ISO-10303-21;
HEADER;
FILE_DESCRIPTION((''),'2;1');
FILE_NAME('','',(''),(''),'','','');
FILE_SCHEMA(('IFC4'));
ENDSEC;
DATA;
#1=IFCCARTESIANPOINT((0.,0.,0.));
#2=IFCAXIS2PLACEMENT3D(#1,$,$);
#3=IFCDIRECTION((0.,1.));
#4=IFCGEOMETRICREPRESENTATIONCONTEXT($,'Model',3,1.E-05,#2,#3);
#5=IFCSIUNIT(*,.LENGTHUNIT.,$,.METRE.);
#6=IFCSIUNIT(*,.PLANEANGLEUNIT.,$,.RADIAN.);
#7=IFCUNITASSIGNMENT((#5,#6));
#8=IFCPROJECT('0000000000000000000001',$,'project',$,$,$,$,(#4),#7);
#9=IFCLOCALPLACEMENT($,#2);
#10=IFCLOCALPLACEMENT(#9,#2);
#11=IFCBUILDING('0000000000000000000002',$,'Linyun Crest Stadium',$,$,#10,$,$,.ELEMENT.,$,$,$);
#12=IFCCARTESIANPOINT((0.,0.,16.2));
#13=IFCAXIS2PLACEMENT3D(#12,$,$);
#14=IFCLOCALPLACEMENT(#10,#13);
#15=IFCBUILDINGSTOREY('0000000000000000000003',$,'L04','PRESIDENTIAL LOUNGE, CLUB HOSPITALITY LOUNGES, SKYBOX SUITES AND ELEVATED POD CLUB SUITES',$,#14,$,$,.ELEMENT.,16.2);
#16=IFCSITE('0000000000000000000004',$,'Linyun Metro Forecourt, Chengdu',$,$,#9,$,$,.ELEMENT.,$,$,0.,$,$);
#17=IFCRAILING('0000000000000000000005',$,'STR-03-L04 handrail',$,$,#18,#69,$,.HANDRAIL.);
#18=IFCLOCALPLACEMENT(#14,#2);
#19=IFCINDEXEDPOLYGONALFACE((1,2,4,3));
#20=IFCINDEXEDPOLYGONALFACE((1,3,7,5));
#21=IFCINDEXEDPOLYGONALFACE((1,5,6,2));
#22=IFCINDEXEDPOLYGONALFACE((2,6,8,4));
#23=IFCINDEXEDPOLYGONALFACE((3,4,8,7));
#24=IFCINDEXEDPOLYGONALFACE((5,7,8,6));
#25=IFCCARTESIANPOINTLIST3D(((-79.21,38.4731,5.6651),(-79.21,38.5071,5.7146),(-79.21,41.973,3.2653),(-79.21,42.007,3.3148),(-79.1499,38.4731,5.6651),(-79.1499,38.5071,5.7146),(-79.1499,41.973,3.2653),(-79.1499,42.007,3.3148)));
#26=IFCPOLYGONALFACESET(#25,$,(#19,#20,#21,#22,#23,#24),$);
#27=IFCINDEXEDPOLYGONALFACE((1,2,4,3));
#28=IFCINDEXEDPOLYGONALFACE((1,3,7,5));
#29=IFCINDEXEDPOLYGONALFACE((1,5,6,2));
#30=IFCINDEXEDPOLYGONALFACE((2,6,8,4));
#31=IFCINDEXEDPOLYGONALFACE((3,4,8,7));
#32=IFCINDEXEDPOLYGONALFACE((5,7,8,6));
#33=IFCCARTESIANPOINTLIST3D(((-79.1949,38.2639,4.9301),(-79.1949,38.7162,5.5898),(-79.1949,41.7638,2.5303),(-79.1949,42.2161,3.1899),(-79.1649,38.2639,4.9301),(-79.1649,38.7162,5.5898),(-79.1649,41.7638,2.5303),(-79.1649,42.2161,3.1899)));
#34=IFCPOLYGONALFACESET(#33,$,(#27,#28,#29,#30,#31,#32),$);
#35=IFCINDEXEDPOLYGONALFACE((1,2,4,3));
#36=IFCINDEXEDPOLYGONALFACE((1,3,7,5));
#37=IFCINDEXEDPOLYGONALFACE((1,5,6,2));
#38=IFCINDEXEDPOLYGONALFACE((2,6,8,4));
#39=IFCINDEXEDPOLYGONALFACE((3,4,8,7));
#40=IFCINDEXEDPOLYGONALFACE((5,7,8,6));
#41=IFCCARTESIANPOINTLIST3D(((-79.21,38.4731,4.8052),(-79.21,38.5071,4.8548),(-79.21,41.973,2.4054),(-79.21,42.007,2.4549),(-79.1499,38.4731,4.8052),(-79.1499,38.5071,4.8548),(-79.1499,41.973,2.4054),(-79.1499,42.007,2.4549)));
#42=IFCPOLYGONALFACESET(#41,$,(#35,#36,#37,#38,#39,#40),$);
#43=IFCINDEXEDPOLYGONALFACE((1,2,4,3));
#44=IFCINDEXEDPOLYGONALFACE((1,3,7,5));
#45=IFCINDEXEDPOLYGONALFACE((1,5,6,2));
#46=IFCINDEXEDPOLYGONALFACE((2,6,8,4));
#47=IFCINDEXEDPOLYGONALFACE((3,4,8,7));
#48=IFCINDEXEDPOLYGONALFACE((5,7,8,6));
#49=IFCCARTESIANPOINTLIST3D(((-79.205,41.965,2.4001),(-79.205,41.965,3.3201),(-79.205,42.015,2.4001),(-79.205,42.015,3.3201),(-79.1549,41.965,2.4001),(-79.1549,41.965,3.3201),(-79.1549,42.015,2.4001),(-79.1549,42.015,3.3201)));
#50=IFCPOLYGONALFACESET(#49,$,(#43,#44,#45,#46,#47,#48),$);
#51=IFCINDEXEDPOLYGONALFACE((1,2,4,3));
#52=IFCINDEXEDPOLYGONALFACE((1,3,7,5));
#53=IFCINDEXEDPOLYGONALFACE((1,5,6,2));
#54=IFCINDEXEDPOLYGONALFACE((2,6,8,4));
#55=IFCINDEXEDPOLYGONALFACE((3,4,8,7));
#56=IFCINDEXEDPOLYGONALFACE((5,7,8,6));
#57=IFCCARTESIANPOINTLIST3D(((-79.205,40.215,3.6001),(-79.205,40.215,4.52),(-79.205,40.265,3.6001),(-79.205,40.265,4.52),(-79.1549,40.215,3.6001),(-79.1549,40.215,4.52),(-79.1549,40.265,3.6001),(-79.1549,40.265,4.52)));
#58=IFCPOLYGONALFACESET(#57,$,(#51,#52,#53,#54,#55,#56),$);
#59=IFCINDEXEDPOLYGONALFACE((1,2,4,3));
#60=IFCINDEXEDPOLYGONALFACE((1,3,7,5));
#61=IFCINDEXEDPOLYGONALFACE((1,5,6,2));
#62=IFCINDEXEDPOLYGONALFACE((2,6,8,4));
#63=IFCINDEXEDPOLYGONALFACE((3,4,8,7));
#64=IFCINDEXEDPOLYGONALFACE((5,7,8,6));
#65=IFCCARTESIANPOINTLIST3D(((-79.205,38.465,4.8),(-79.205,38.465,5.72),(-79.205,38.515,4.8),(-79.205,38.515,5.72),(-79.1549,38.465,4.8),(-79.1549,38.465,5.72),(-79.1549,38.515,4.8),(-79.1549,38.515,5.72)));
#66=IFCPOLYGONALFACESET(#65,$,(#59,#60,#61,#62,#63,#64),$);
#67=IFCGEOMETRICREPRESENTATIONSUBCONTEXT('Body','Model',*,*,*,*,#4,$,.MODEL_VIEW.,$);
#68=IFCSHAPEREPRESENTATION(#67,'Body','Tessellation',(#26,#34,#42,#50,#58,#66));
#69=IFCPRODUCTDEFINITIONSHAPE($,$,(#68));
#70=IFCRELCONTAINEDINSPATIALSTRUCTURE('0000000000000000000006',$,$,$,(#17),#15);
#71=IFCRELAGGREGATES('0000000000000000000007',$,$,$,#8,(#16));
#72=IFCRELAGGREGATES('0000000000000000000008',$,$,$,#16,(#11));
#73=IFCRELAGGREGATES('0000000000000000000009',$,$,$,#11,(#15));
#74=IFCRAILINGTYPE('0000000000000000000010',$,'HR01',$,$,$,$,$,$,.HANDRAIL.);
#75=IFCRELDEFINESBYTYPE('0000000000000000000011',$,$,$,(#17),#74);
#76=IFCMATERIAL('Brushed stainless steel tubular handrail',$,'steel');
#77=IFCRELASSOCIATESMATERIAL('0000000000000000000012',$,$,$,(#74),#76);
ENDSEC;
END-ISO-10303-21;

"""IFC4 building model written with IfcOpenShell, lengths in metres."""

from ifc_helpers import new_model, si_unit, direction, frame, origin, origin_2d, place, context, subcontext, project, spatial, rectangle, extrude, material, type_object, element, save


model = new_model("IFC4")

# Units and contexts
model_context = context("Model", 3, precision=1e-05, world=origin(), true_north=direction((0.0, 1.0)))
body_context = subcontext(model_context, "Body", "Model", "MODEL_VIEW")
ifc_project = project(units=[si_unit("LENGTHUNIT", "METRE"), si_unit("PLANEANGLEUNIT", "RADIAN")], contexts=[model_context])

# Site, building, storey
site_placement = place(None, origin())
site = spatial("IfcSite", under=ifc_project, at=site_placement, Name="Linyun Metro Forecourt, Chengdu", CompositionType="ELEMENT", RefElevation=0.0)
building_placement = place(site_placement, origin())
building = spatial("IfcBuilding", under=site, at=building_placement, Name="Linyun Crest Stadium", CompositionType="ELEMENT")
storey_placement = place(building_placement, frame((0.0, 0.0, 16.2)))
storey = spatial("IfcBuildingStorey", under=building, at=storey_placement, Name="L04", Description="PRESIDENTIAL LOUNGE, CLUB HOSPITALITY LOUNGES, SKYBOX SUITES AND ELEVATED POD CLUB SUITES", CompositionType="ELEMENT", Elevation=16.2)

# Railing
ifc_material_1 = material(Name="Brushed stainless steel tubular handrail", Category="steel")
railing_type_1 = type_object("IfcRailingType", Name="HR01", PredefinedType="HANDRAIL", material=ifc_material_1)
railing_1_placement = place(storey_placement, frame((-79.1799, 41.99, 2.4001)))
element("IfcRailing", 1, at=railing_1_placement, inside=storey, type_object=railing_type_1, Name="STR-03-L04 handrail", PredefinedType="HANDRAIL", context=body_context, shape_type="SweptSolid", body=[
    extrude(rectangle(XDim=0.0601, YDim=0.0601, at=origin_2d()), frame((0.0, 0.0, 0.8899), z_axis=(0.0, -0.82474, 0.565513), x_axis=(1.0, 0.0, 0.0)), (0.0, 0.0, 1.0), 4.2437),
    extrude(rectangle(XDim=0.03, YDim=0.7998, at=origin_2d()), frame((0.0, 0.0, 0.46), z_axis=(0.0, -0.82474, 0.565513), x_axis=(1.0, 0.0, 0.0)), (0.0, 0.0, 1.0), 4.2437),
    extrude(rectangle(XDim=0.0601, YDim=0.0601, at=origin_2d()), frame((0.0, 0.0, 0.03), z_axis=(0.0, -0.82474, 0.565513), x_axis=(1.0, 0.0, 0.0)), (0.0, 0.0, 1.0), 4.2437),
    extrude(rectangle(XDim=0.05, YDim=0.05, at=origin_2d()), origin(), (0.0, 0.0, 1.0), 0.9199),
    extrude(rectangle(XDim=0.05, YDim=0.05, at=origin_2d()), frame((0.0, -1.75, 1.2)), (0.0, 0.0, 1.0), 0.9199),
    extrude(rectangle(XDim=0.05, YDim=0.05, at=origin_2d()), frame((0.0, -3.5, 2.3999)), (0.0, 0.0, 1.0), 0.9199),
])

save(model, "model.ifc")
